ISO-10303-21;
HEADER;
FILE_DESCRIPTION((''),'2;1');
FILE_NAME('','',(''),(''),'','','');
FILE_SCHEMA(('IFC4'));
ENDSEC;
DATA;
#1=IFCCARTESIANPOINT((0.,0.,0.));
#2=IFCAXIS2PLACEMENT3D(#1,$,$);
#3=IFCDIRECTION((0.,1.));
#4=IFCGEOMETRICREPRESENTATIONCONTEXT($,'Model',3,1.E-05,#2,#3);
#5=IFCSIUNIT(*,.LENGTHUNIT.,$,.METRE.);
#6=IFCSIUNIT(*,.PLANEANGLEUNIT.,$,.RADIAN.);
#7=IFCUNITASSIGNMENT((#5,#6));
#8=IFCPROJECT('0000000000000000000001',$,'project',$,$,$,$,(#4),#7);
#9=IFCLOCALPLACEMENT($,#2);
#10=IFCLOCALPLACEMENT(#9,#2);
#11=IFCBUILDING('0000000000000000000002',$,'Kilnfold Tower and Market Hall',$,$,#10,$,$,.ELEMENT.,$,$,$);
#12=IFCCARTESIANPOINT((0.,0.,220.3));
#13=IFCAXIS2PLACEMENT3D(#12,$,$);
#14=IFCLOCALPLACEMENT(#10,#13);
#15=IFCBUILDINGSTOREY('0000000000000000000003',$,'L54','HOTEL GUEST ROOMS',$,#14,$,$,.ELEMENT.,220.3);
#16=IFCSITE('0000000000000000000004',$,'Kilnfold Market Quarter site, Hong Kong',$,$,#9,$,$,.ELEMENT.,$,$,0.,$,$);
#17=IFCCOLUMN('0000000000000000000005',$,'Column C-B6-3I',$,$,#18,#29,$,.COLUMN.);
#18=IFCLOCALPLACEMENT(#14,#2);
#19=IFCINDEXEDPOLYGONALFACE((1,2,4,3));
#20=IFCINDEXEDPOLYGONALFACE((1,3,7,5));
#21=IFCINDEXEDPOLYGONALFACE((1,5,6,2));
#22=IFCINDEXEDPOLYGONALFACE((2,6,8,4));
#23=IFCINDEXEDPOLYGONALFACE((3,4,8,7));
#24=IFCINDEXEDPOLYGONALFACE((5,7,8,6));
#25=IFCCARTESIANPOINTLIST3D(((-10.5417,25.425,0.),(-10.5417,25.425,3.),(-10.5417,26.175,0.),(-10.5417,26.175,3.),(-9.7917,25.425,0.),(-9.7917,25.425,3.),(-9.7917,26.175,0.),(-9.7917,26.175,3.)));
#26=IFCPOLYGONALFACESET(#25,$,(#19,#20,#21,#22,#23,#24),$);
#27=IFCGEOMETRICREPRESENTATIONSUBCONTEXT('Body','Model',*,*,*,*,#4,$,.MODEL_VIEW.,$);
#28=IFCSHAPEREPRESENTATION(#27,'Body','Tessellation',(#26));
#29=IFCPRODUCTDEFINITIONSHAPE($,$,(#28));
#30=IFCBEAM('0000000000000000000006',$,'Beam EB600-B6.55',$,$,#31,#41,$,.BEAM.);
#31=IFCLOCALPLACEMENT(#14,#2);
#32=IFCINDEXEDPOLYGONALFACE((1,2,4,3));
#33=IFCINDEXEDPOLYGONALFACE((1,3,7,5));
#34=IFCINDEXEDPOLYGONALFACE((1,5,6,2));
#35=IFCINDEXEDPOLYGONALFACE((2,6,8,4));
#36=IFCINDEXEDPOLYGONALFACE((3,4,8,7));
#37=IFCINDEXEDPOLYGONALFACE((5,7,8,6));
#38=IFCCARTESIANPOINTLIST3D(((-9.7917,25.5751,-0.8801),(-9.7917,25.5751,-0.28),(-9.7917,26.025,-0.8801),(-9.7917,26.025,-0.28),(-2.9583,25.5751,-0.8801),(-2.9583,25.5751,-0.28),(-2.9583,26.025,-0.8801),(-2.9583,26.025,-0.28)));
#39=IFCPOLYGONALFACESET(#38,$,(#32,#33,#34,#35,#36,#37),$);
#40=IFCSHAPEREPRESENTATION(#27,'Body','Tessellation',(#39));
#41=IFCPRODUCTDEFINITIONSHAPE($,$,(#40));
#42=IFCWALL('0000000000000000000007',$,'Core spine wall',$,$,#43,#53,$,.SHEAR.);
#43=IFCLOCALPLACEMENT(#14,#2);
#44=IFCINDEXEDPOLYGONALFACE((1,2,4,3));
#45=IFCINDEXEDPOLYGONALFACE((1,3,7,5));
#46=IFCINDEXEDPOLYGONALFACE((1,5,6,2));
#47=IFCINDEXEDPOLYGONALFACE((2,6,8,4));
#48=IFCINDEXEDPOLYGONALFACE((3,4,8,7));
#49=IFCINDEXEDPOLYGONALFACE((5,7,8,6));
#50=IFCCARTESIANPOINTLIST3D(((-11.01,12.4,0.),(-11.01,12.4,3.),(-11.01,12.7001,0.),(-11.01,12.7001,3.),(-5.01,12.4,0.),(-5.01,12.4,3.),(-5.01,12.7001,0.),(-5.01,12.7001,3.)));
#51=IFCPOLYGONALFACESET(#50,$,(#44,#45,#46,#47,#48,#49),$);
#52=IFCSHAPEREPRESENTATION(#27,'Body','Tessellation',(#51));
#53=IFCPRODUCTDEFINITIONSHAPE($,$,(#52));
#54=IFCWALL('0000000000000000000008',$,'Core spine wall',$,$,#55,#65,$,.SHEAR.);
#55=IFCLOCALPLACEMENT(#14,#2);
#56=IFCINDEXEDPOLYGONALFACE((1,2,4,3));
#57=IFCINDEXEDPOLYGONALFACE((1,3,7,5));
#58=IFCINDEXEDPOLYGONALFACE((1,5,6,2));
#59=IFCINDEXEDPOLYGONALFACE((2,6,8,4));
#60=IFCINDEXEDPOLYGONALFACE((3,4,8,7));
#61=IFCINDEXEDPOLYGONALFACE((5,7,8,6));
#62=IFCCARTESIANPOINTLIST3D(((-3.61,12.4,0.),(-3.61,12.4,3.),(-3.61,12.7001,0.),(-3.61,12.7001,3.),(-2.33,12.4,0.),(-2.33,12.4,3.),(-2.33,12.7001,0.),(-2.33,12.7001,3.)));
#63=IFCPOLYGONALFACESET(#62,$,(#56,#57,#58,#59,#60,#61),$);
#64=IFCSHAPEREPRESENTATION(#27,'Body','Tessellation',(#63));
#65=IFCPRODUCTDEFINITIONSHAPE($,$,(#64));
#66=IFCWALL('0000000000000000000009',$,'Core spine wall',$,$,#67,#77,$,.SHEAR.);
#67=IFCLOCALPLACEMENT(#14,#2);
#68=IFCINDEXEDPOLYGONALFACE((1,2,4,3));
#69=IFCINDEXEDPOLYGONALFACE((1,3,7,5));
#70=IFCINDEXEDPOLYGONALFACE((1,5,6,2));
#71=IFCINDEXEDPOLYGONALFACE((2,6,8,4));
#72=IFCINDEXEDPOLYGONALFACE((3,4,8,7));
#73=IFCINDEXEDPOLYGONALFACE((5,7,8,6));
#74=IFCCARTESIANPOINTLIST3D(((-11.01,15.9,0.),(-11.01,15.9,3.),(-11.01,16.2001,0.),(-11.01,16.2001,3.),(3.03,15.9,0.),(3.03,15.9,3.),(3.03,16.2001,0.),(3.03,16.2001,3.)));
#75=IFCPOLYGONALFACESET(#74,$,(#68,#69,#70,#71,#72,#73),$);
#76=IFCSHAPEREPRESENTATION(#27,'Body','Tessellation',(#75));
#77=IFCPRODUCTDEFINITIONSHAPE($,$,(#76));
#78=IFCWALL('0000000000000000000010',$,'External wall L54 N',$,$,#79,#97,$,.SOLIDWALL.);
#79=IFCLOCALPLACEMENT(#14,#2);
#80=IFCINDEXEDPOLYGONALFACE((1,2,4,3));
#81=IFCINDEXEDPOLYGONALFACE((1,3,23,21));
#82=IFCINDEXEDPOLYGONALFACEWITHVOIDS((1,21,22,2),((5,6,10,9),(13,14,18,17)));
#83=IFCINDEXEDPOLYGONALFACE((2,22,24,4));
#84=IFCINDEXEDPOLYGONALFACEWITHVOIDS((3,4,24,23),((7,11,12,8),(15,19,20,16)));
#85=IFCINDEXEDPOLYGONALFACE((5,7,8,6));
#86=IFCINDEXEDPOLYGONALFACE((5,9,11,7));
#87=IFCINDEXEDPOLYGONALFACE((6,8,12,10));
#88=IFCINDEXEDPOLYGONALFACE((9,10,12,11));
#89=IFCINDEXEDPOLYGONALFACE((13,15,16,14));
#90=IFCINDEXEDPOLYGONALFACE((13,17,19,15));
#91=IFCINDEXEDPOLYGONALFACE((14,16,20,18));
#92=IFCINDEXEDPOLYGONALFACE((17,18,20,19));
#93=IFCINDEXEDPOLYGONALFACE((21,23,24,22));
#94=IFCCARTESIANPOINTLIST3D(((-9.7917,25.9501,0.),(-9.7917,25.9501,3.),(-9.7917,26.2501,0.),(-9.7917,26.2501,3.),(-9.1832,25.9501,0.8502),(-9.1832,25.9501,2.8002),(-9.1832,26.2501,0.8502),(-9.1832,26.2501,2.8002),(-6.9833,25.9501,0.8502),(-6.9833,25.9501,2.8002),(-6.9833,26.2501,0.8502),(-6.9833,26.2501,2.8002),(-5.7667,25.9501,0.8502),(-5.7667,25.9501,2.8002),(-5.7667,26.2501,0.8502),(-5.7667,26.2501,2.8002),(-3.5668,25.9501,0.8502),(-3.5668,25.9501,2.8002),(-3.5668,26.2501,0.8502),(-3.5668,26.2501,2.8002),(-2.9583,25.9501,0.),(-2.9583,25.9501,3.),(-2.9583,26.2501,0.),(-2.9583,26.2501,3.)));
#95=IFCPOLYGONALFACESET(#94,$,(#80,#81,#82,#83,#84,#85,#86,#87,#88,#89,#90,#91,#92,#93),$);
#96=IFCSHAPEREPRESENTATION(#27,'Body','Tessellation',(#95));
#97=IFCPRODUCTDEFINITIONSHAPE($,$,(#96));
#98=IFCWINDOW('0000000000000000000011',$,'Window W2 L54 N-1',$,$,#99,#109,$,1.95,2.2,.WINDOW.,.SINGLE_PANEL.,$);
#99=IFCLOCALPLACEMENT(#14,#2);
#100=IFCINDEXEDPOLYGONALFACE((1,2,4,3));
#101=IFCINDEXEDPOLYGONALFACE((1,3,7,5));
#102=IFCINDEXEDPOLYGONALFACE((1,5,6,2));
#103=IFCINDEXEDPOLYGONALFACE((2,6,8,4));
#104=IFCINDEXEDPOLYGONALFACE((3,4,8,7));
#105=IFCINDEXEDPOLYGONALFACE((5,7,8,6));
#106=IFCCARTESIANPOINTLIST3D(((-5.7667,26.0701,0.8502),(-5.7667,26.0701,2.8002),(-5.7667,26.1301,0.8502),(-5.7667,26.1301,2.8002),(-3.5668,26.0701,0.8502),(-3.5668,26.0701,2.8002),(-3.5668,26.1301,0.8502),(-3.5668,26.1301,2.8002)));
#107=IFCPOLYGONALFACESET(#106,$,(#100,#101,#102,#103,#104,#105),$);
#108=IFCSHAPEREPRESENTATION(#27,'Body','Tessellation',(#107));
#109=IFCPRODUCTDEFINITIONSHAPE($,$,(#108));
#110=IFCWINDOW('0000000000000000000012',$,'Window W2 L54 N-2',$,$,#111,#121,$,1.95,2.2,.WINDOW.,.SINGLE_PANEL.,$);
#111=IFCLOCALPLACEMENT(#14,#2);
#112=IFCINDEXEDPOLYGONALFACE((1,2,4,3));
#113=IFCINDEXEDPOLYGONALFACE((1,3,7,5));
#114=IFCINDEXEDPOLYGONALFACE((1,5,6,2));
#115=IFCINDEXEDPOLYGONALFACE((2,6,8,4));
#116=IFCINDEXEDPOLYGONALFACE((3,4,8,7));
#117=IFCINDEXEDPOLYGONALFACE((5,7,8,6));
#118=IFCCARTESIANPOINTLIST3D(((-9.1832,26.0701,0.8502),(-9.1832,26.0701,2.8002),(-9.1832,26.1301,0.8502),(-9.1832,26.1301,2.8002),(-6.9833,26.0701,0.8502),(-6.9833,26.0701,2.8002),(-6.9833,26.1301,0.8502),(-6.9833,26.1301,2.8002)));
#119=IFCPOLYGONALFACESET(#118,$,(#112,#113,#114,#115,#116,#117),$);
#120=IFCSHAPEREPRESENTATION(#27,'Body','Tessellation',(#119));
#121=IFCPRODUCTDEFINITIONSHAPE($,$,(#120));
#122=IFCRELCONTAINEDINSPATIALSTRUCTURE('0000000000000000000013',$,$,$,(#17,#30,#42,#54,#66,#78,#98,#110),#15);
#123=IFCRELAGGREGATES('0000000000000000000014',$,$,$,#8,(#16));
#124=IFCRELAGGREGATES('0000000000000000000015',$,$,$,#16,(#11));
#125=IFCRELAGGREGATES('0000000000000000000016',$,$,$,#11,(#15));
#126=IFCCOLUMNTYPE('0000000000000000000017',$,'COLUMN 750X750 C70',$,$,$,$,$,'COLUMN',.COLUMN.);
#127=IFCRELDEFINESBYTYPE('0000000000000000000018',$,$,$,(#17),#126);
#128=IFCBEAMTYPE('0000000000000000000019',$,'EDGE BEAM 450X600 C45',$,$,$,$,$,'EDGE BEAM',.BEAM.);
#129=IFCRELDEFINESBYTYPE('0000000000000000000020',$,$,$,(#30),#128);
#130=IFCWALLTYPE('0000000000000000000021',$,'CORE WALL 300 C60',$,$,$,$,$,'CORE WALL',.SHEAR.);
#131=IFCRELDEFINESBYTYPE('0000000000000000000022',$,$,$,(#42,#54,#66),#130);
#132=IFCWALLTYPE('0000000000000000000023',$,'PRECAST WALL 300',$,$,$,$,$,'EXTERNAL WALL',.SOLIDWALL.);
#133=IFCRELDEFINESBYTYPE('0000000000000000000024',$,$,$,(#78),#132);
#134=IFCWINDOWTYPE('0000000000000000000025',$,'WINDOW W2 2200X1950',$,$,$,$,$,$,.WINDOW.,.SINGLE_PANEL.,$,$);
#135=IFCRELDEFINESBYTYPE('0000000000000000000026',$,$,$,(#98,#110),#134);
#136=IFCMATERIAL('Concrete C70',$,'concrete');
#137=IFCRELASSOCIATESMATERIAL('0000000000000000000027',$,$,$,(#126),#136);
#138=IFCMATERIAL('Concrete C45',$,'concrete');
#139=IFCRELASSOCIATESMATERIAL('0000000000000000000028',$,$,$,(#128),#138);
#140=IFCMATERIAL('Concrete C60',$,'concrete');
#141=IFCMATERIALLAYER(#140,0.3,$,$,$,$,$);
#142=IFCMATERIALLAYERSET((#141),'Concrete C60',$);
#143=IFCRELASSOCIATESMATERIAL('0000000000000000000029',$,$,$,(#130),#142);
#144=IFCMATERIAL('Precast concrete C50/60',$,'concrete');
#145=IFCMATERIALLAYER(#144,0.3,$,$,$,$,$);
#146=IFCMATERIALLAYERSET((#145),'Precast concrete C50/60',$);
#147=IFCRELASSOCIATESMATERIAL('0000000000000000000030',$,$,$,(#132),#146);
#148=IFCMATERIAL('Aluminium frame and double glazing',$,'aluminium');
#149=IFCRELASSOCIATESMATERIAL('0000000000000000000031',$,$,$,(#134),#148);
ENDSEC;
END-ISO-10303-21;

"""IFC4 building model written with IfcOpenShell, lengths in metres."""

from ifc_helpers import new_model, si_unit, direction, frame, frame_2d, origin, origin_2d, place, context, subcontext, project, spatial, rectangle, extrude, source, transform, mapped, material, layer, layer_set, material_profile, profile_set, type_object, element, fill, save


model = new_model("IFC4")

# Units and contexts
model_context = context("Model", 3, precision=1e-05, world=origin(), true_north=direction((0.0, 1.0)))
body_context = subcontext(model_context, "Body", "Model", "MODEL_VIEW")
ifc_project = project(units=[si_unit("LENGTHUNIT", "METRE"), si_unit("PLANEANGLEUNIT", "RADIAN")], contexts=[model_context])

# Site, building, storey
site_placement = place(None, origin())
site = spatial("IfcSite", under=ifc_project, at=site_placement, Name="Kilnfold Market Quarter site, Hong Kong", CompositionType="ELEMENT", RefElevation=0.0)
building_placement = place(site_placement, origin())
building = spatial("IfcBuilding", under=site, at=building_placement, Name="Kilnfold Tower and Market Hall", CompositionType="ELEMENT")
storey_placement = place(building_placement, frame((0.0, 0.0, 220.3)))
storey = spatial("IfcBuildingStorey", under=building, at=storey_placement, Name="L54", Description="HOTEL GUEST ROOMS", CompositionType="ELEMENT", Elevation=220.3)

# Column
ifc_material_1 = material(Name="Concrete C70", Category="concrete")
ifc_material_profile_1 = material_profile(ifc_material_1, rectangle(XDim=0.75, YDim=0.75, at=origin_2d()), Name="RC 750x750")
ifc_profile_set_1 = profile_set([ifc_material_profile_1], Name="Concrete C70")
column_type = type_object("IfcColumnType", Name="COLUMN 750X750 C70", ElementType="COLUMN", PredefinedType="COLUMN", material=ifc_profile_set_1)
shared_shape_1 = source(origin(), body_context, "Body", "SweptSolid", [
    extrude(rectangle(XDim=0.75, YDim=0.75, at=origin_2d()), origin(), (0.0, 0.0, 1.0), 3.0),
])
column_placement = place(storey_placement, frame((-10.1667, 25.8, 0.0), z_axis=(0.0, 0.0, 1.0), x_axis=(1.0, 0.0, 0.0)))
element("IfcColumn", 1, at=column_placement, inside=storey, type_object=column_type, Name="Column C-B6-3I", PredefinedType="COLUMN", context=body_context, shape_type="MappedRepresentation", body=[
    mapped(shared_shape_1, transform((0.0, 0.0, 0.0))),
])

# Beam
ifc_material_2 = material(Name="Concrete C45", Category="concrete")
ifc_material_profile_2 = material_profile(ifc_material_2, rectangle(XDim=0.45, YDim=0.6001, at=origin_2d()), Name="RC 450x600")
ifc_profile_set_2 = profile_set([ifc_material_profile_2], Name="Concrete C45")
beam_type = type_object("IfcBeamType", Name="EDGE BEAM 450X600 C45", ElementType="EDGE BEAM", PredefinedType="BEAM", material=ifc_profile_set_2)
shared_shape_2 = source(origin(), body_context, "Body", "SweptSolid", [
    extrude(rectangle(XDim=0.45, YDim=0.6001, at=origin_2d()), origin(), (0.0, 0.0, 1.0), 6.8335),
])
beam_placement = place(storey_placement, frame((-9.7917, 25.8, -0.5801), z_axis=(1.0, 0.0, 0.0), x_axis=(0.0, 1.0, 0.0)))
element("IfcBeam", 2, at=beam_placement, inside=storey, type_object=beam_type, Name="Beam EB600-B6.55", PredefinedType="BEAM", context=body_context, shape_type="MappedRepresentation", body=[
    mapped(shared_shape_2, transform((0.0, 0.0, 0.0))),
])

# Walls
ifc_material_3 = material(Name="Concrete C60", Category="concrete")
ifc_layer_1 = layer(ifc_material_3, 0.3)
ifc_layer_set_1 = layer_set([ifc_layer_1], Name="Concrete C60")
wall_type_1 = type_object("IfcWallType", Name="CORE WALL 300 C60", ElementType="CORE WALL", PredefinedType="SHEAR", material=ifc_layer_set_1)
shared_shape_3 = source(origin(), body_context, "Body", "SweptSolid", [
    extrude(rectangle(XDim=6.0, YDim=0.3, at=frame_2d((3.0, 0.0))), origin(), (0.0, 0.0, 1.0), 3.0),
])
wall_1_placement = place(storey_placement, frame((-11.01, 12.55, 0.0), z_axis=(0.0, 0.0, 1.0), x_axis=(1.0, 0.0, 0.0)))
element("IfcWall", 3, at=wall_1_placement, inside=storey, type_object=wall_type_1, Name="Core spine wall", PredefinedType="SHEAR", context=body_context, shape_type="MappedRepresentation", body=[
    mapped(shared_shape_3, transform((0.0, 0.0, 0.0))),
])
shared_shape_4 = source(origin(), body_context, "Body", "SweptSolid", [
    extrude(rectangle(XDim=1.28, YDim=0.3, at=frame_2d((0.6401, 0.0))), origin(), (0.0, 0.0, 1.0), 3.0),
])
wall_2_placement = place(storey_placement, frame((-3.6101, 12.55, 0.0), z_axis=(0.0, 0.0, 1.0), x_axis=(1.0, 0.0, 0.0)))
element("IfcWall", 4, at=wall_2_placement, inside=storey, type_object=wall_type_1, Name="Core spine wall", PredefinedType="SHEAR", context=body_context, shape_type="MappedRepresentation", body=[
    mapped(shared_shape_4, transform((0.0, 0.0, 0.0))),
])
shared_shape_5 = source(origin(), body_context, "Body", "SweptSolid", [
    extrude(rectangle(XDim=14.04, YDim=0.3, at=frame_2d((7.02, 0.0))), origin(), (0.0, 0.0, 1.0), 3.0),
])
wall_3_placement = place(storey_placement, frame((-11.01, 16.05, 0.0), z_axis=(0.0, 0.0, 1.0), x_axis=(1.0, 0.0, 0.0)))
element("IfcWall", 5, at=wall_3_placement, inside=storey, type_object=wall_type_1, Name="Core spine wall", PredefinedType="SHEAR", context=body_context, shape_type="MappedRepresentation", body=[
    mapped(shared_shape_5, transform((0.0, 0.0, 0.0))),
])

# Wall, openings, windows
ifc_material_4 = material(Name="Precast concrete C50/60", Category="concrete")
ifc_layer_2 = layer(ifc_material_4, 0.3)
ifc_layer_set_2 = layer_set([ifc_layer_2], Name="Precast concrete C50/60")
wall_type_2 = type_object("IfcWallType", Name="PRECAST WALL 300", ElementType="EXTERNAL WALL", PredefinedType="SOLIDWALL", material=ifc_layer_set_2)
shared_shape_6 = source(origin(), body_context, "Body", "SweptSolid", [
    extrude(rectangle(XDim=6.8335, YDim=0.3, at=frame_2d((3.4167, 0.0))), origin(), (0.0, 0.0, 1.0), 3.0),
])
wall_4_placement = place(storey_placement, frame((-2.9583, 26.1001, 0.0), z_axis=(0.0, 0.0, 1.0), x_axis=(-1.0, 0.0, 0.0)))
wall_4 = element("IfcWall", 6, at=wall_4_placement, inside=storey, type_object=wall_type_2, Name="External wall L54 N", PredefinedType="SOLIDWALL", context=body_context, shape_type="MappedRepresentation", body=[
    mapped(shared_shape_6, transform((0.0, 0.0, 0.0))),
])
opening_1_placement = place(wall_4_placement, frame((0.6084, 0.0, 0.8501)))
opening_1 = element("IfcOpeningElement", 7, at=opening_1_placement, cuts=wall_4, PredefinedType="OPENING", context=body_context, shape_type="SweptSolid", body=[
    extrude(rectangle(XDim=2.2, YDim=1.95, at=frame_2d((1.1001, 0.9751))), frame((0.0, 0.1602, 0.0), z_axis=(0.0, -1.0, 0.0), x_axis=(1.0, 0.0, 0.0)), (0.0, 0.0, 1.0), 0.3201),
])
opening_2_placement = place(wall_4_placement, frame((4.0249, 0.0, 0.8501)))
opening_2 = element("IfcOpeningElement", 8, at=opening_2_placement, cuts=wall_4, PredefinedType="OPENING", context=body_context, shape_type="SweptSolid", body=[
    extrude(rectangle(XDim=2.2, YDim=1.95, at=frame_2d((1.1001, 0.9751))), frame((0.0, 0.1602, 0.0), z_axis=(0.0, -1.0, 0.0), x_axis=(1.0, 0.0, 0.0)), (0.0, 0.0, 1.0), 0.3201),
])
ifc_material_5 = material(Name="Aluminium frame and double glazing", Category="aluminium")
window_type = type_object("IfcWindowType", Name="WINDOW W2 2200X1950", PartitioningType="SINGLE_PANEL", PredefinedType="WINDOW", material=ifc_material_5)
window_1_placement = place(opening_1_placement, origin())
window_1 = element("IfcWindow", 9, at=window_1_placement, inside=storey, type_object=window_type, Name="Window W2 L54 N-1", OverallHeight=1.95, OverallWidth=2.2, PartitioningType="SINGLE_PANEL", PredefinedType="WINDOW", context=body_context, shape_type="SweptSolid", body=[
    extrude(rectangle(XDim=2.2, YDim=1.95, at=frame_2d((1.1001, 0.9751))), frame((0.0, 0.03, 0.0), z_axis=(0.0, -1.0, 0.0), x_axis=(1.0, 0.0, 0.0)), (0.0, 0.0, 1.0), 0.0601),
])
fill(opening_1, window_1)
window_2_placement = place(opening_2_placement, origin())
window_2 = element("IfcWindow", 10, at=window_2_placement, inside=storey, type_object=window_type, Name="Window W2 L54 N-2", OverallHeight=1.95, OverallWidth=2.2, PartitioningType="SINGLE_PANEL", PredefinedType="WINDOW", context=body_context, shape_type="SweptSolid", body=[
    extrude(rectangle(XDim=2.2, YDim=1.95, at=frame_2d((1.1001, 0.9751))), frame((0.0, 0.03, 0.0), z_axis=(0.0, -1.0, 0.0), x_axis=(1.0, 0.0, 0.0)), (0.0, 0.0, 1.0), 0.0601),
])
fill(opening_2, window_2)

save(model, "model.ifc")
